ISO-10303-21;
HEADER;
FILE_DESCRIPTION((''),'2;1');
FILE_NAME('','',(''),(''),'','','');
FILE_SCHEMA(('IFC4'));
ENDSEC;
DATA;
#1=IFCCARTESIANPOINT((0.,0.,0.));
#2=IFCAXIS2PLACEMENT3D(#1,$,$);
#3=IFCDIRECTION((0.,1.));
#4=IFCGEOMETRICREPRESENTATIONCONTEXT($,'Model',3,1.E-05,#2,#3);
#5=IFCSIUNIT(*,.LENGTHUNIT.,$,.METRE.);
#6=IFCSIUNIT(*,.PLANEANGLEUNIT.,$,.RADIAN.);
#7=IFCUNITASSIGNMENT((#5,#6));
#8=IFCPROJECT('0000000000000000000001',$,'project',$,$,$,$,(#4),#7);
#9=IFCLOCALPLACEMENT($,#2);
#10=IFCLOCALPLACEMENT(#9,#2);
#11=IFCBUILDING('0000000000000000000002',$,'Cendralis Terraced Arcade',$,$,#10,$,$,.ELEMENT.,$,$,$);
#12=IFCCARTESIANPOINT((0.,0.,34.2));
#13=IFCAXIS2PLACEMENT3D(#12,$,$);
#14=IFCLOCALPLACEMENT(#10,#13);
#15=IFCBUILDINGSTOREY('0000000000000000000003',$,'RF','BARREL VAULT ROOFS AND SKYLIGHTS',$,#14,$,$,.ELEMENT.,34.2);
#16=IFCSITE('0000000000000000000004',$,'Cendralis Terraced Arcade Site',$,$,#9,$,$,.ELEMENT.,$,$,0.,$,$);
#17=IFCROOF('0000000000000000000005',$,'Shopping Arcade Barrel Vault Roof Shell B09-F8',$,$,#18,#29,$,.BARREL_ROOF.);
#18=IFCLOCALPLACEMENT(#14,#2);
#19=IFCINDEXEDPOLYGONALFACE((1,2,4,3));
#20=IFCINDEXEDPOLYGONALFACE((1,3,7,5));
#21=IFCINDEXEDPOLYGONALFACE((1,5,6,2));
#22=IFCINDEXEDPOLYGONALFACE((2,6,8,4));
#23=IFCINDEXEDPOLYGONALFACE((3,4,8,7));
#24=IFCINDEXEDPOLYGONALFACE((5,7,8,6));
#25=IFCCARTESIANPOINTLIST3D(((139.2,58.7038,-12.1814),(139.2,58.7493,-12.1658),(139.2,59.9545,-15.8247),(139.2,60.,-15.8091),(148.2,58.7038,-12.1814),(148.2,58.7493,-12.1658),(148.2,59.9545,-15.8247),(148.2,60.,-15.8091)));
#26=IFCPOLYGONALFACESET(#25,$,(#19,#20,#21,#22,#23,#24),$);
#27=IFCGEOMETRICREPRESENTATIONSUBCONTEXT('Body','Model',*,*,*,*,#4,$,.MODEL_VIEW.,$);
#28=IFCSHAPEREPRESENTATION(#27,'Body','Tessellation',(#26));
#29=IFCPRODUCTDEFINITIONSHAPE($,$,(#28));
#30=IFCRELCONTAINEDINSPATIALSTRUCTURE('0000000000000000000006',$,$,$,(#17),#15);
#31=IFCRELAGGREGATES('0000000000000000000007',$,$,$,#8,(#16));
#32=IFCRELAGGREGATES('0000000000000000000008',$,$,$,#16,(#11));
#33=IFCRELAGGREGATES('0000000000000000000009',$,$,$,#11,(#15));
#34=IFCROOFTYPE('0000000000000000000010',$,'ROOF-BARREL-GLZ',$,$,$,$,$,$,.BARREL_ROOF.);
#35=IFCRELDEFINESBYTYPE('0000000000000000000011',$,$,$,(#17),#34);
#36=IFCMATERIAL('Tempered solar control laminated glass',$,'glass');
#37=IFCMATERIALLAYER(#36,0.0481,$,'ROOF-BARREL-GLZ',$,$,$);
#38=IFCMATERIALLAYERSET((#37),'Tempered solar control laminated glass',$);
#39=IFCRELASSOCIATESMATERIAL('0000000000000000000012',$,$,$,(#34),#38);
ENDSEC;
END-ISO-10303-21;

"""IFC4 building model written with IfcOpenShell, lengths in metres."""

from ifc_helpers import new_model, si_unit, direction, frame, origin, place, context, subcontext, project, spatial, polyline, outline, extrude, material, layer, layer_set, type_object, element, save


model = new_model("IFC4")

# Units and contexts
model_context = context("Model", 3, precision=1e-05, world=origin(), true_north=direction((0.0, 1.0)))
body_context = subcontext(model_context, "Body", "Model", "MODEL_VIEW")
ifc_project = project(units=[si_unit("LENGTHUNIT", "METRE"), si_unit("PLANEANGLEUNIT", "RADIAN")], contexts=[model_context])

# Site, building, storey
site_placement = place(None, origin())
site = spatial("IfcSite", under=ifc_project, at=site_placement, Name="Cendralis Terraced Arcade Site", CompositionType="ELEMENT", RefElevation=0.0)
building_placement = place(site_placement, origin())
building = spatial("IfcBuilding", under=site, at=building_placement, Name="Cendralis Terraced Arcade", CompositionType="ELEMENT")
storey_placement = place(building_placement, frame((0.0, 0.0, 34.2)))
storey = spatial("IfcBuildingStorey", under=building, at=storey_placement, Name="RF", Description="BARREL VAULT ROOFS AND SKYLIGHTS", CompositionType="ELEMENT", Elevation=34.2)

# Roof
ifc_material_1 = material(Name="Tempered solar control laminated glass", Category="glass")
ifc_layer = layer(ifc_material_1, 0.0481, Name="ROOF-BARREL-GLZ")
ifc_layer_set = layer_set([ifc_layer], Name="Tempered solar control laminated glass")
roof_type = type_object("IfcRoofType", Name="ROOF-BARREL-GLZ", PredefinedType="BARREL_ROOF", material=ifc_layer_set)
roof_1_placement = place(storey_placement, frame((139.2, 58.7493, -12.1658), z_axis=(0.0, 0.945819, 0.324695), x_axis=(1.0, 0.0, 0.0)))
element("IfcRoof", 1, at=roof_1_placement, inside=storey, type_object=roof_type, Name="Shopping Arcade Barrel Vault Roof Shell B09-F8", PredefinedType="BARREL_ROOF", context=body_context, shape_type="SweptSolid", body=[
    extrude(outline(polyline([(0.0, 0.0), (9.0, 0.0), (9.0, 3.852), (0.0, 3.852), (0.0, 0.0)])), origin(), (0.0, 0.0, -1.0), 0.0481),
])

save(model, "model.ifc")
